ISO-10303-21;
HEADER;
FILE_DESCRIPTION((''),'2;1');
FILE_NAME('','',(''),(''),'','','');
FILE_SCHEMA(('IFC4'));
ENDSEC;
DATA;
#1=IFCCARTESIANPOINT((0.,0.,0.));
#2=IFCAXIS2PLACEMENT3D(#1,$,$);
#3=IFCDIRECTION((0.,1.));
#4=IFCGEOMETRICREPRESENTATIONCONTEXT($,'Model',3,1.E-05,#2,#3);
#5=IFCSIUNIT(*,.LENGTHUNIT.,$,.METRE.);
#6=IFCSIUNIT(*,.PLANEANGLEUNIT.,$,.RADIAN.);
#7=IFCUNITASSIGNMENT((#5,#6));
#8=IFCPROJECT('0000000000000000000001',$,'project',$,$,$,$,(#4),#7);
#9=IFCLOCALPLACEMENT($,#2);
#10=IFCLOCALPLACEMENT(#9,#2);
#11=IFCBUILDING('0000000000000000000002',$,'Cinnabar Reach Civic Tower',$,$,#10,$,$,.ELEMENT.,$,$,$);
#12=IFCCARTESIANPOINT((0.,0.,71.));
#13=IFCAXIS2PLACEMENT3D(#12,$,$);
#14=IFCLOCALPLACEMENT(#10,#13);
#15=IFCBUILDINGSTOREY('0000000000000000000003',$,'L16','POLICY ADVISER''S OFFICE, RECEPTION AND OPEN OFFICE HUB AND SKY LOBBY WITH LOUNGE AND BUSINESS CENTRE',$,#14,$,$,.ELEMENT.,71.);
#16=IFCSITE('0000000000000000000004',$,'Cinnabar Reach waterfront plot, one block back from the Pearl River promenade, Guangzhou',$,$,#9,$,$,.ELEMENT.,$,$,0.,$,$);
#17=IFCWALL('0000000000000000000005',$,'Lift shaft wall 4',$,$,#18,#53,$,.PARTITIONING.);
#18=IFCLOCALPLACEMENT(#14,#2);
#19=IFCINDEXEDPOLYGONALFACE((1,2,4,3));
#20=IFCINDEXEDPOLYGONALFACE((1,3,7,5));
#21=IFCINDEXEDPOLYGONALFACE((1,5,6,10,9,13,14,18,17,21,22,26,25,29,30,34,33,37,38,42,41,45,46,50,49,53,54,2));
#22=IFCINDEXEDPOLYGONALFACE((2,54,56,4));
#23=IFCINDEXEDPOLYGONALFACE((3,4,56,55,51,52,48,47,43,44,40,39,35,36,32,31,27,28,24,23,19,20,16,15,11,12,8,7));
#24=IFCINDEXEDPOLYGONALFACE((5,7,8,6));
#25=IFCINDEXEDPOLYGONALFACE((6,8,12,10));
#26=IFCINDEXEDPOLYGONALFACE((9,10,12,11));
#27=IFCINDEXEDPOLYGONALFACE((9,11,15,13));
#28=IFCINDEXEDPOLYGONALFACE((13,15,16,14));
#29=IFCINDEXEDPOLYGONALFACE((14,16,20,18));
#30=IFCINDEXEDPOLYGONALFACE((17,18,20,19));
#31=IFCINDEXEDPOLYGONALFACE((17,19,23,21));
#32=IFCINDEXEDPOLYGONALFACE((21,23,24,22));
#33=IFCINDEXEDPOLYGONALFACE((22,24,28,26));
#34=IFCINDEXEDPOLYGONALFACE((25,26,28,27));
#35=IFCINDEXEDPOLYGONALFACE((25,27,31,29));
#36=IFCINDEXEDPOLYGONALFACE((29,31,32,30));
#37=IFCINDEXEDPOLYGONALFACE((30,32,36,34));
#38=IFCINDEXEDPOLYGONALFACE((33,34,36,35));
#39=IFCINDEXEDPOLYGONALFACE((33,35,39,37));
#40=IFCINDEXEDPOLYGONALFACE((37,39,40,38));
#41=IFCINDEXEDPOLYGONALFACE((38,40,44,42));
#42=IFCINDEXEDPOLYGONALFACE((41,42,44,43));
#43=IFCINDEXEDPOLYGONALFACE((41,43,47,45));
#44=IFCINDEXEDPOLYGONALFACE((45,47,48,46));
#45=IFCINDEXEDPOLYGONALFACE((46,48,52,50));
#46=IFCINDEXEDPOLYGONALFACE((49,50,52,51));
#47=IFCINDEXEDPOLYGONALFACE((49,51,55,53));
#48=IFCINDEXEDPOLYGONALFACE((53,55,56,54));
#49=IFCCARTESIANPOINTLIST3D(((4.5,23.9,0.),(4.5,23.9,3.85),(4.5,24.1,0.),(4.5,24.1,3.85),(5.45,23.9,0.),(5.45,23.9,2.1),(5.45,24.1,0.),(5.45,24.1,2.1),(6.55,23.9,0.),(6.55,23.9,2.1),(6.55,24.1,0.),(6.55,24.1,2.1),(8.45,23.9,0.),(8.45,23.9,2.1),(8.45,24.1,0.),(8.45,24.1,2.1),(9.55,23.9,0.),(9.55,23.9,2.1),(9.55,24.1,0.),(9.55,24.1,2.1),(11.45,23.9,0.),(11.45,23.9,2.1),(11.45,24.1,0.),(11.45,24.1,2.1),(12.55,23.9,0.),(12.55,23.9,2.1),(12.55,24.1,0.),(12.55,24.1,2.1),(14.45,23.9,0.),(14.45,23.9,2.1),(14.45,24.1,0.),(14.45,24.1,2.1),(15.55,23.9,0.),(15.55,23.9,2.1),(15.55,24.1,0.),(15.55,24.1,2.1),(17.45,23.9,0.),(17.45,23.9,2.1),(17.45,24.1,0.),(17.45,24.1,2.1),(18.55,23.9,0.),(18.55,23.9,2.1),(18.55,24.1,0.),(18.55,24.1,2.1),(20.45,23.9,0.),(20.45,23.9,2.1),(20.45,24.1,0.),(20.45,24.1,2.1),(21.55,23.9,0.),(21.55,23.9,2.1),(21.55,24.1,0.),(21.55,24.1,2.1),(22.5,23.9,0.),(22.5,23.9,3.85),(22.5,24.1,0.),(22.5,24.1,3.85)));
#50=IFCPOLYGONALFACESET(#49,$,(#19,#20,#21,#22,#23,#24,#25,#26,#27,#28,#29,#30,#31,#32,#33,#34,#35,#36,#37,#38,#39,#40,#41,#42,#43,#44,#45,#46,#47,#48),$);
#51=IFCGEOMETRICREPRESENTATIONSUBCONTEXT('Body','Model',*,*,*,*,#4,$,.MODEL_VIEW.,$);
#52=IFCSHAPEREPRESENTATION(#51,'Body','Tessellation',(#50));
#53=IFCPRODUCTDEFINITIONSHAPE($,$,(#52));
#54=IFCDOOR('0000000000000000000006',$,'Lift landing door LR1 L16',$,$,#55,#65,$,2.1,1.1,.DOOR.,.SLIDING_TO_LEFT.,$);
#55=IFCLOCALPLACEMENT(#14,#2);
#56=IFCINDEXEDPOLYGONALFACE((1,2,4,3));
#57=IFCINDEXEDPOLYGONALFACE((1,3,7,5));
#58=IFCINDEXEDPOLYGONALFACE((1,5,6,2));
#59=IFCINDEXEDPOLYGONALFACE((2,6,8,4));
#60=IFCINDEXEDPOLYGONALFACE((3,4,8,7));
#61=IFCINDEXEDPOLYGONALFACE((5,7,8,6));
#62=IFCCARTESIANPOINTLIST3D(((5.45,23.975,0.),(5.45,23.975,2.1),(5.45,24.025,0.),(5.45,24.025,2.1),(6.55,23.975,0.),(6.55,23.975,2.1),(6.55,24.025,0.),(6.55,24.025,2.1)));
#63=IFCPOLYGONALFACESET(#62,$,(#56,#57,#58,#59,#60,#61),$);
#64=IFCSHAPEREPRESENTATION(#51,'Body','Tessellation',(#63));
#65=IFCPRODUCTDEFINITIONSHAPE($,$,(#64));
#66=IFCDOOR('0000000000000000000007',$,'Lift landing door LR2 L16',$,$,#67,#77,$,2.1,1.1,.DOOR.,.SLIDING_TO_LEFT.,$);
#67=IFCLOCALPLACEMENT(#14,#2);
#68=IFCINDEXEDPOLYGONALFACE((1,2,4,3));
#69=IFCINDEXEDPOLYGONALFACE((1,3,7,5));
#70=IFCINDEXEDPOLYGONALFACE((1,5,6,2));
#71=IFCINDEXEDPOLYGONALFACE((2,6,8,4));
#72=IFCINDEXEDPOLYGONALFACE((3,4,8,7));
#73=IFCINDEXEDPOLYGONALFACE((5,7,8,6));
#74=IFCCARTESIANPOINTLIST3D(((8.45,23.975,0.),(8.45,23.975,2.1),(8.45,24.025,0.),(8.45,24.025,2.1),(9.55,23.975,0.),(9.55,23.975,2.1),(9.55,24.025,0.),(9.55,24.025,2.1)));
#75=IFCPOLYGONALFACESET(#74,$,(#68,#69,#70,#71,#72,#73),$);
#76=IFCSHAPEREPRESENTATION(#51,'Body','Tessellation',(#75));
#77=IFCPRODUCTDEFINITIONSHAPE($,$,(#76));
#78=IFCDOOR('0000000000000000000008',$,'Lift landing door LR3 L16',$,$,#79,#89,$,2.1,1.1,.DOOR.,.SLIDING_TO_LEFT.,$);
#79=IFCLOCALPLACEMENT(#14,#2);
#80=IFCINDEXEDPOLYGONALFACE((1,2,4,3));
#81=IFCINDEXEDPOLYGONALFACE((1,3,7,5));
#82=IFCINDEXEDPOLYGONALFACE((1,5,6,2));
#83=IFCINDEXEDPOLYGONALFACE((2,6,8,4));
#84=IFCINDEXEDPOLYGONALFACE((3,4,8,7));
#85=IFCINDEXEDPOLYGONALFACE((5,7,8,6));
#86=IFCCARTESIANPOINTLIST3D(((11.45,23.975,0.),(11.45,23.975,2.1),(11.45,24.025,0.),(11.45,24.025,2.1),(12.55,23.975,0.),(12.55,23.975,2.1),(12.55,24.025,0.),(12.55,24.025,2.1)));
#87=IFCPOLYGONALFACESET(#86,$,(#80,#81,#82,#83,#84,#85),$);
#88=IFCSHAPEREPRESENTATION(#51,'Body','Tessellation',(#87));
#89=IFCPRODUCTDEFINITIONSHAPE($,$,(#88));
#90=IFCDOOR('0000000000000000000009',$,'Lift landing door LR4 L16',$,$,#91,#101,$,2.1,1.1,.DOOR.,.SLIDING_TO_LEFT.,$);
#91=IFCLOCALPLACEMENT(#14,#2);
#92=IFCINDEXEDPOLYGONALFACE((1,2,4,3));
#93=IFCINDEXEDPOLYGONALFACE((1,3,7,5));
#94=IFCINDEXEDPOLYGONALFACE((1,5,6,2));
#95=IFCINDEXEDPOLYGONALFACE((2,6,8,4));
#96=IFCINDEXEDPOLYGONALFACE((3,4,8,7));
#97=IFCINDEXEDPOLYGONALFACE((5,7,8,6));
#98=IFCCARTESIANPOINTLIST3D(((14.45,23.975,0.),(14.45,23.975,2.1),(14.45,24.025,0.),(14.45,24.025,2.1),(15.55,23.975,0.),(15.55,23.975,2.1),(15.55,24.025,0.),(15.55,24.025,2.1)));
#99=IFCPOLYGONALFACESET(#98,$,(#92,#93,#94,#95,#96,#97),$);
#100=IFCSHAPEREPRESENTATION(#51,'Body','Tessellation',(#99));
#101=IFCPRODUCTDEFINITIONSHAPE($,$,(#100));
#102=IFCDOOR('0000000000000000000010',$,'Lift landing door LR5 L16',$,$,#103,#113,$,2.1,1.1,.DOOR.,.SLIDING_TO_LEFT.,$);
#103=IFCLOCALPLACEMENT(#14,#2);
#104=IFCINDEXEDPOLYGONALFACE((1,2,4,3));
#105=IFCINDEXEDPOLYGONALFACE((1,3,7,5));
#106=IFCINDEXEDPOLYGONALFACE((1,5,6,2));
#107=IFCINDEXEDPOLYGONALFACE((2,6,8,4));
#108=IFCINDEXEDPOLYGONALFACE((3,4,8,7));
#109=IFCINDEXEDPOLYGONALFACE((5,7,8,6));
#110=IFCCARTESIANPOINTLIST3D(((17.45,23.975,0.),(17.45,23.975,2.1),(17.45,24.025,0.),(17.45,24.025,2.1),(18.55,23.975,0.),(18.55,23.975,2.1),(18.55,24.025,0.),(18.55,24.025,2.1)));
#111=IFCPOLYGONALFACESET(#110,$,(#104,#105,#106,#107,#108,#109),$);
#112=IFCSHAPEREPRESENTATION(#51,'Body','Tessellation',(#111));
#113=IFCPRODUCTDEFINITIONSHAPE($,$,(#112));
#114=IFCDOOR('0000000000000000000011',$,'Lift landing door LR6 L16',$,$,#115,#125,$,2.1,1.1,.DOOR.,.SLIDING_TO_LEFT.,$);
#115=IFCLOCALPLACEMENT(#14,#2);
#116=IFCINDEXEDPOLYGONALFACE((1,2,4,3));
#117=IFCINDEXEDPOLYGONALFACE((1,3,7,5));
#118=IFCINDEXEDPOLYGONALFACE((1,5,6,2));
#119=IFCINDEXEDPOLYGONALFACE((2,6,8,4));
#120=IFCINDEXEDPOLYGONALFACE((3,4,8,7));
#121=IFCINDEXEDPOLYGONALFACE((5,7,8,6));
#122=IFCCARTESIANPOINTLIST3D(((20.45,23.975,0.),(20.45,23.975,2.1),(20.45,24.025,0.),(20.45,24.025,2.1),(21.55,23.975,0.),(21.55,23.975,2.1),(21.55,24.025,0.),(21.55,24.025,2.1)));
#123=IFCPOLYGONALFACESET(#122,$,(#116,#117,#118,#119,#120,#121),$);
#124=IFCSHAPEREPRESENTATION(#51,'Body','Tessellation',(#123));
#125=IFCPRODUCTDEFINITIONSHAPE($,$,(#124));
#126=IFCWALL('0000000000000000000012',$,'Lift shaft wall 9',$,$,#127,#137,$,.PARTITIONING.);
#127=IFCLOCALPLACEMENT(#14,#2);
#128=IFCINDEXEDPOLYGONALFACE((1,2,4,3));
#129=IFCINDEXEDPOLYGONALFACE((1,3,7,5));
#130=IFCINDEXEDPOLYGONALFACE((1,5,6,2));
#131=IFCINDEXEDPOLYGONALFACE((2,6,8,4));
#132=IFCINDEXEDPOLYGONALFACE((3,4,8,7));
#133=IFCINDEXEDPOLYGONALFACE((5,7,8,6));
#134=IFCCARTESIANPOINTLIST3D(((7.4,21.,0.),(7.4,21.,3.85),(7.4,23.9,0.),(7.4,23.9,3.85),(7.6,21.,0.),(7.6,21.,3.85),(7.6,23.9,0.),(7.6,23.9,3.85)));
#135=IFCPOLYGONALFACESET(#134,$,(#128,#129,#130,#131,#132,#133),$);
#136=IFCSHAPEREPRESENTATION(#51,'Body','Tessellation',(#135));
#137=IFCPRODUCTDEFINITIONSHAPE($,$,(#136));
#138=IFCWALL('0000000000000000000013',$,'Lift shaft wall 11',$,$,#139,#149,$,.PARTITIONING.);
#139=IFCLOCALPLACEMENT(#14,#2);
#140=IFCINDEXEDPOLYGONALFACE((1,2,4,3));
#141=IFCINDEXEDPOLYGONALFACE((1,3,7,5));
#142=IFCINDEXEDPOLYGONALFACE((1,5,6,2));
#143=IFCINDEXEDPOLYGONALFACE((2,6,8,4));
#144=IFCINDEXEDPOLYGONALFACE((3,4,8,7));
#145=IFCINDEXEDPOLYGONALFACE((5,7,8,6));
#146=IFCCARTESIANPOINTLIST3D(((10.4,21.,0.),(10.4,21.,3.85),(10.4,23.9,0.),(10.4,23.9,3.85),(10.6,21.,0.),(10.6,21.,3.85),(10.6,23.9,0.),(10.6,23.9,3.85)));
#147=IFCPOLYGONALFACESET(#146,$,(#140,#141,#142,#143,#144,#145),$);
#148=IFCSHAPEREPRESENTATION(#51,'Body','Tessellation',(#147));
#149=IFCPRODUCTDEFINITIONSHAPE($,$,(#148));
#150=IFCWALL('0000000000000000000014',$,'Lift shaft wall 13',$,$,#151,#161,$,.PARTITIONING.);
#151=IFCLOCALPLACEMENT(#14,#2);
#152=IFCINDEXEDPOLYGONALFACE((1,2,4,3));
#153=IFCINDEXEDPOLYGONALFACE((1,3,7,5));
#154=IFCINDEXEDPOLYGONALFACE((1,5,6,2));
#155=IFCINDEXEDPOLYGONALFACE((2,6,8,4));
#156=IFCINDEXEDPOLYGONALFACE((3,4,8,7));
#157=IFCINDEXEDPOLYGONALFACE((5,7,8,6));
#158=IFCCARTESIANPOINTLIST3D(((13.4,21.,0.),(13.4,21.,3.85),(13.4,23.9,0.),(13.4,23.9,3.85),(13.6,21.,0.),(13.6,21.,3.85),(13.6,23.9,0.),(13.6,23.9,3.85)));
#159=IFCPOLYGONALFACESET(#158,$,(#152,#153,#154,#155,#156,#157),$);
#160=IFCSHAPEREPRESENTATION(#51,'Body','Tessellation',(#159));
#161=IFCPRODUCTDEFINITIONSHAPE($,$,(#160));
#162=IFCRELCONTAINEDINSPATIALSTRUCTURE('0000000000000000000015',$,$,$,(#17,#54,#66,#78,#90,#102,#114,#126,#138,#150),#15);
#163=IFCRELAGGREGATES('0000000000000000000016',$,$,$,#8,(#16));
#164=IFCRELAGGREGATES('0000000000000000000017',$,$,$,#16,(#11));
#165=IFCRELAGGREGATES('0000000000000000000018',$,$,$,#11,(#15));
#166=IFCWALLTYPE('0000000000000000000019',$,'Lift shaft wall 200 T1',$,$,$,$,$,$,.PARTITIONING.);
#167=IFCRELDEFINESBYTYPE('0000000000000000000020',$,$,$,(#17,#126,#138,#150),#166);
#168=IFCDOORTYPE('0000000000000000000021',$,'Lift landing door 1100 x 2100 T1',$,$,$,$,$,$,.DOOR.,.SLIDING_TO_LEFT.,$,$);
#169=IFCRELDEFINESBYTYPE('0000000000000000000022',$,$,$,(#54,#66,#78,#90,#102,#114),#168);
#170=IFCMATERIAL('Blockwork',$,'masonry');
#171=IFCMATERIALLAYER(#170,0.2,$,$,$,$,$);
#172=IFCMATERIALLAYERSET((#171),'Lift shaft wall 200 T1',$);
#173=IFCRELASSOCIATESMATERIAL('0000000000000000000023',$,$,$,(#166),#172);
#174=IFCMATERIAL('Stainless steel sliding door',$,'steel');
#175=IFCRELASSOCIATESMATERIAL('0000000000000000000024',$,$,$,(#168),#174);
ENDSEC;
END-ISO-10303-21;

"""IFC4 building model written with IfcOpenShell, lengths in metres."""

from ifc_helpers import new_model, si_unit, direction, frame, frame_2d, origin, place, context, subcontext, project, spatial, rectangle, extrude, material, layer, layer_set, type_object, element, fill, save


model = new_model("IFC4")

# Units and contexts
model_context = context("Model", 3, precision=1e-05, world=origin(), true_north=direction((0.0, 1.0)))
body_context = subcontext(model_context, "Body", "Model", "MODEL_VIEW")
ifc_project = project(units=[si_unit("LENGTHUNIT", "METRE"), si_unit("PLANEANGLEUNIT", "RADIAN")], contexts=[model_context])

# Site, building, storey
site_placement = place(None, origin())
site = spatial("IfcSite", under=ifc_project, at=site_placement, Name="Cinnabar Reach waterfront plot, one block back from the Pearl River promenade, Guangzhou", CompositionType="ELEMENT", RefElevation=0.0)
building_placement = place(site_placement, origin())
building = spatial("IfcBuilding", under=site, at=building_placement, Name="Cinnabar Reach Civic Tower", CompositionType="ELEMENT")
storey_placement = place(building_placement, frame((0.0, 0.0, 71.0)))
storey = spatial("IfcBuildingStorey", under=building, at=storey_placement, Name="L16", Description="POLICY ADVISER'S OFFICE, RECEPTION AND OPEN OFFICE HUB AND SKY LOBBY WITH LOUNGE AND BUSINESS CENTRE", CompositionType="ELEMENT", Elevation=71.0)

# Wall, openings, doors
ifc_material_1 = material(Name="Blockwork", Category="masonry")
ifc_layer_1 = layer(ifc_material_1, 0.2)
ifc_layer_set_1 = layer_set([ifc_layer_1], Name="Lift shaft wall 200 T1")
wall_type_1 = type_object("IfcWallType", Name="Lift shaft wall 200 T1", PredefinedType="PARTITIONING", material=ifc_layer_set_1)
wall_1_placement = place(storey_placement, frame((4.5, 24.0, 0.0), z_axis=(0.0, 0.0, 1.0), x_axis=(1.0, 0.0, 0.0)))
wall_1 = element("IfcWall", 1, at=wall_1_placement, inside=storey, type_object=wall_type_1, Name="Lift shaft wall 4", PredefinedType="PARTITIONING", context=body_context, shape_type="SweptSolid", body=[
    extrude(rectangle(XDim=18.0, YDim=0.2, at=frame_2d((9.0, 0.0))), origin(), (0.0, 0.0, 1.0), 3.85),
])
opening_1_placement = place(wall_1_placement, frame((0.95, 0.0, 0.0)))
opening_1 = element("IfcOpeningElement", 2, at=opening_1_placement, cuts=wall_1, PredefinedType="OPENING", context=body_context, shape_type="SweptSolid", body=[
    extrude(rectangle(XDim=1.1, YDim=2.1, at=frame_2d((0.55, 1.05))), frame((0.0, 0.11, 0.0), z_axis=(0.0, -1.0, 0.0), x_axis=(1.0, 0.0, 0.0)), (0.0, 0.0, 1.0), 0.22),
])
opening_2_placement = place(wall_1_placement, frame((3.95, 0.0, 0.0)))
opening_2 = element("IfcOpeningElement", 3, at=opening_2_placement, cuts=wall_1, PredefinedType="OPENING", context=body_context, shape_type="SweptSolid", body=[
    extrude(rectangle(XDim=1.1, YDim=2.1, at=frame_2d((0.55, 1.05))), frame((0.0, 0.11, 0.0), z_axis=(0.0, -1.0, 0.0), x_axis=(1.0, 0.0, 0.0)), (0.0, 0.0, 1.0), 0.22),
])
opening_3_placement = place(wall_1_placement, frame((6.95, 0.0, 0.0)))
opening_3 = element("IfcOpeningElement", 4, at=opening_3_placement, cuts=wall_1, PredefinedType="OPENING", context=body_context, shape_type="SweptSolid", body=[
    extrude(rectangle(XDim=1.1, YDim=2.1, at=frame_2d((0.55, 1.05))), frame((0.0, 0.11, 0.0), z_axis=(0.0, -1.0, 0.0), x_axis=(1.0, 0.0, 0.0)), (0.0, 0.0, 1.0), 0.22),
])
opening_4_placement = place(wall_1_placement, frame((9.95, 0.0, 0.0)))
opening_4 = element("IfcOpeningElement", 5, at=opening_4_placement, cuts=wall_1, PredefinedType="OPENING", context=body_context, shape_type="SweptSolid", body=[
    extrude(rectangle(XDim=1.1, YDim=2.1, at=frame_2d((0.55, 1.05))), frame((0.0, 0.11, 0.0), z_axis=(0.0, -1.0, 0.0), x_axis=(1.0, 0.0, 0.0)), (0.0, 0.0, 1.0), 0.22),
])
opening_5_placement = place(wall_1_placement, frame((12.95, 0.0, 0.0)))
opening_5 = element("IfcOpeningElement", 6, at=opening_5_placement, cuts=wall_1, PredefinedType="OPENING", context=body_context, shape_type="SweptSolid", body=[
    extrude(rectangle(XDim=1.1, YDim=2.1, at=frame_2d((0.55, 1.05))), frame((0.0, 0.11, 0.0), z_axis=(0.0, -1.0, 0.0), x_axis=(1.0, 0.0, 0.0)), (0.0, 0.0, 1.0), 0.22),
])
opening_6_placement = place(wall_1_placement, frame((15.95, 0.0, 0.0)))
opening_6 = element("IfcOpeningElement", 7, at=opening_6_placement, cuts=wall_1, PredefinedType="OPENING", context=body_context, shape_type="SweptSolid", body=[
    extrude(rectangle(XDim=1.1, YDim=2.1, at=frame_2d((0.55, 1.05))), frame((0.0, 0.11, 0.0), z_axis=(0.0, -1.0, 0.0), x_axis=(1.0, 0.0, 0.0)), (0.0, 0.0, 1.0), 0.22),
])
ifc_material_2 = material(Name="Stainless steel sliding door", Category="steel")
door_type_1 = type_object("IfcDoorType", Name="Lift landing door 1100 x 2100 T1", OperationType="SLIDING_TO_LEFT", PredefinedType="DOOR", material=ifc_material_2)
door_1_placement = place(opening_1_placement, origin())
door_1 = element("IfcDoor", 8, at=door_1_placement, inside=storey, type_object=door_type_1, Name="Lift landing door LR1 L16", OperationType="SLIDING_TO_LEFT", OverallHeight=2.1, OverallWidth=1.1, PredefinedType="DOOR", context=body_context, shape_type="SweptSolid", body=[
    extrude(rectangle(XDim=1.1, YDim=2.1, at=frame_2d((0.55, 1.05))), frame((0.0, 0.025, 0.0), z_axis=(0.0, -1.0, 0.0), x_axis=(1.0, 0.0, 0.0)), (0.0, 0.0, 1.0), 0.05),
])
fill(opening_1, door_1)
door_2_placement = place(opening_2_placement, origin())
door_2 = element("IfcDoor", 9, at=door_2_placement, inside=storey, type_object=door_type_1, Name="Lift landing door LR2 L16", OperationType="SLIDING_TO_LEFT", OverallHeight=2.1, OverallWidth=1.1, PredefinedType="DOOR", context=body_context, shape_type="SweptSolid", body=[
    extrude(rectangle(XDim=1.1, YDim=2.1, at=frame_2d((0.55, 1.05))), frame((0.0, 0.025, 0.0), z_axis=(0.0, -1.0, 0.0), x_axis=(1.0, 0.0, 0.0)), (0.0, 0.0, 1.0), 0.05),
])
fill(opening_2, door_2)
door_3_placement = place(opening_3_placement, origin())
door_3 = element("IfcDoor", 10, at=door_3_placement, inside=storey, type_object=door_type_1, Name="Lift landing door LR3 L16", OperationType="SLIDING_TO_LEFT", OverallHeight=2.1, OverallWidth=1.1, PredefinedType="DOOR", context=body_context, shape_type="SweptSolid", body=[
    extrude(rectangle(XDim=1.1, YDim=2.1, at=frame_2d((0.55, 1.05))), frame((0.0, 0.025, 0.0), z_axis=(0.0, -1.0, 0.0), x_axis=(1.0, 0.0, 0.0)), (0.0, 0.0, 1.0), 0.05),
])
fill(opening_3, door_3)
door_4_placement = place(opening_4_placement, origin())
door_4 = element("IfcDoor", 11, at=door_4_placement, inside=storey, type_object=door_type_1, Name="Lift landing door LR4 L16", OperationType="SLIDING_TO_LEFT", OverallHeight=2.1, OverallWidth=1.1, PredefinedType="DOOR", context=body_context, shape_type="SweptSolid", body=[
    extrude(rectangle(XDim=1.1, YDim=2.1, at=frame_2d((0.55, 1.05))), frame((0.0, 0.025, 0.0), z_axis=(0.0, -1.0, 0.0), x_axis=(1.0, 0.0, 0.0)), (0.0, 0.0, 1.0), 0.05),
])
fill(opening_4, door_4)
door_5_placement = place(opening_5_placement, origin())
door_5 = element("IfcDoor", 12, at=door_5_placement, inside=storey, type_object=door_type_1, Name="Lift landing door LR5 L16", OperationType="SLIDING_TO_LEFT", OverallHeight=2.1, OverallWidth=1.1, PredefinedType="DOOR", context=body_context, shape_type="SweptSolid", body=[
    extrude(rectangle(XDim=1.1, YDim=2.1, at=frame_2d((0.55, 1.05))), frame((0.0, 0.025, 0.0), z_axis=(0.0, -1.0, 0.0), x_axis=(1.0, 0.0, 0.0)), (0.0, 0.0, 1.0), 0.05),
])
fill(opening_5, door_5)
door_6_placement = place(opening_6_placement, origin())
door_6 = element("IfcDoor", 13, at=door_6_placement, inside=storey, type_object=door_type_1, Name="Lift landing door LR6 L16", OperationType="SLIDING_TO_LEFT", OverallHeight=2.1, OverallWidth=1.1, PredefinedType="DOOR", context=body_context, shape_type="SweptSolid", body=[
    extrude(rectangle(XDim=1.1, YDim=2.1, at=frame_2d((0.55, 1.05))), frame((0.0, 0.025, 0.0), z_axis=(0.0, -1.0, 0.0), x_axis=(1.0, 0.0, 0.0)), (0.0, 0.0, 1.0), 0.05),
])
fill(opening_6, door_6)

# Walls
for number, where, z_axis, x_axis, name in (
    (14, (7.5, 21.0, 0.0), (0.0, 0.0, 1.0), (0.0, 1.0, 0.0), "Lift shaft wall 9"),
    (15, (10.5, 21.0, 0.0), (0.0, 0.0, 1.0), (0.0, 1.0, 0.0), "Lift shaft wall 11"),
    (16, (13.5, 21.0, 0.0), (0.0, 0.0, 1.0), (0.0, 1.0, 0.0), "Lift shaft wall 13"),
):
    element("IfcWall", number, at=place(storey_placement, frame(where, z_axis=z_axis, x_axis=x_axis)), inside=storey, type_object=wall_type_1, Name=name, PredefinedType="PARTITIONING", context=body_context, shape_type="SweptSolid", body=[
        extrude(rectangle(XDim=2.9, YDim=0.2, at=frame_2d((1.45, 0.0))), origin(), (0.0, 0.0, 1.0), 3.85),
    ])

save(model, "model.ifc")
